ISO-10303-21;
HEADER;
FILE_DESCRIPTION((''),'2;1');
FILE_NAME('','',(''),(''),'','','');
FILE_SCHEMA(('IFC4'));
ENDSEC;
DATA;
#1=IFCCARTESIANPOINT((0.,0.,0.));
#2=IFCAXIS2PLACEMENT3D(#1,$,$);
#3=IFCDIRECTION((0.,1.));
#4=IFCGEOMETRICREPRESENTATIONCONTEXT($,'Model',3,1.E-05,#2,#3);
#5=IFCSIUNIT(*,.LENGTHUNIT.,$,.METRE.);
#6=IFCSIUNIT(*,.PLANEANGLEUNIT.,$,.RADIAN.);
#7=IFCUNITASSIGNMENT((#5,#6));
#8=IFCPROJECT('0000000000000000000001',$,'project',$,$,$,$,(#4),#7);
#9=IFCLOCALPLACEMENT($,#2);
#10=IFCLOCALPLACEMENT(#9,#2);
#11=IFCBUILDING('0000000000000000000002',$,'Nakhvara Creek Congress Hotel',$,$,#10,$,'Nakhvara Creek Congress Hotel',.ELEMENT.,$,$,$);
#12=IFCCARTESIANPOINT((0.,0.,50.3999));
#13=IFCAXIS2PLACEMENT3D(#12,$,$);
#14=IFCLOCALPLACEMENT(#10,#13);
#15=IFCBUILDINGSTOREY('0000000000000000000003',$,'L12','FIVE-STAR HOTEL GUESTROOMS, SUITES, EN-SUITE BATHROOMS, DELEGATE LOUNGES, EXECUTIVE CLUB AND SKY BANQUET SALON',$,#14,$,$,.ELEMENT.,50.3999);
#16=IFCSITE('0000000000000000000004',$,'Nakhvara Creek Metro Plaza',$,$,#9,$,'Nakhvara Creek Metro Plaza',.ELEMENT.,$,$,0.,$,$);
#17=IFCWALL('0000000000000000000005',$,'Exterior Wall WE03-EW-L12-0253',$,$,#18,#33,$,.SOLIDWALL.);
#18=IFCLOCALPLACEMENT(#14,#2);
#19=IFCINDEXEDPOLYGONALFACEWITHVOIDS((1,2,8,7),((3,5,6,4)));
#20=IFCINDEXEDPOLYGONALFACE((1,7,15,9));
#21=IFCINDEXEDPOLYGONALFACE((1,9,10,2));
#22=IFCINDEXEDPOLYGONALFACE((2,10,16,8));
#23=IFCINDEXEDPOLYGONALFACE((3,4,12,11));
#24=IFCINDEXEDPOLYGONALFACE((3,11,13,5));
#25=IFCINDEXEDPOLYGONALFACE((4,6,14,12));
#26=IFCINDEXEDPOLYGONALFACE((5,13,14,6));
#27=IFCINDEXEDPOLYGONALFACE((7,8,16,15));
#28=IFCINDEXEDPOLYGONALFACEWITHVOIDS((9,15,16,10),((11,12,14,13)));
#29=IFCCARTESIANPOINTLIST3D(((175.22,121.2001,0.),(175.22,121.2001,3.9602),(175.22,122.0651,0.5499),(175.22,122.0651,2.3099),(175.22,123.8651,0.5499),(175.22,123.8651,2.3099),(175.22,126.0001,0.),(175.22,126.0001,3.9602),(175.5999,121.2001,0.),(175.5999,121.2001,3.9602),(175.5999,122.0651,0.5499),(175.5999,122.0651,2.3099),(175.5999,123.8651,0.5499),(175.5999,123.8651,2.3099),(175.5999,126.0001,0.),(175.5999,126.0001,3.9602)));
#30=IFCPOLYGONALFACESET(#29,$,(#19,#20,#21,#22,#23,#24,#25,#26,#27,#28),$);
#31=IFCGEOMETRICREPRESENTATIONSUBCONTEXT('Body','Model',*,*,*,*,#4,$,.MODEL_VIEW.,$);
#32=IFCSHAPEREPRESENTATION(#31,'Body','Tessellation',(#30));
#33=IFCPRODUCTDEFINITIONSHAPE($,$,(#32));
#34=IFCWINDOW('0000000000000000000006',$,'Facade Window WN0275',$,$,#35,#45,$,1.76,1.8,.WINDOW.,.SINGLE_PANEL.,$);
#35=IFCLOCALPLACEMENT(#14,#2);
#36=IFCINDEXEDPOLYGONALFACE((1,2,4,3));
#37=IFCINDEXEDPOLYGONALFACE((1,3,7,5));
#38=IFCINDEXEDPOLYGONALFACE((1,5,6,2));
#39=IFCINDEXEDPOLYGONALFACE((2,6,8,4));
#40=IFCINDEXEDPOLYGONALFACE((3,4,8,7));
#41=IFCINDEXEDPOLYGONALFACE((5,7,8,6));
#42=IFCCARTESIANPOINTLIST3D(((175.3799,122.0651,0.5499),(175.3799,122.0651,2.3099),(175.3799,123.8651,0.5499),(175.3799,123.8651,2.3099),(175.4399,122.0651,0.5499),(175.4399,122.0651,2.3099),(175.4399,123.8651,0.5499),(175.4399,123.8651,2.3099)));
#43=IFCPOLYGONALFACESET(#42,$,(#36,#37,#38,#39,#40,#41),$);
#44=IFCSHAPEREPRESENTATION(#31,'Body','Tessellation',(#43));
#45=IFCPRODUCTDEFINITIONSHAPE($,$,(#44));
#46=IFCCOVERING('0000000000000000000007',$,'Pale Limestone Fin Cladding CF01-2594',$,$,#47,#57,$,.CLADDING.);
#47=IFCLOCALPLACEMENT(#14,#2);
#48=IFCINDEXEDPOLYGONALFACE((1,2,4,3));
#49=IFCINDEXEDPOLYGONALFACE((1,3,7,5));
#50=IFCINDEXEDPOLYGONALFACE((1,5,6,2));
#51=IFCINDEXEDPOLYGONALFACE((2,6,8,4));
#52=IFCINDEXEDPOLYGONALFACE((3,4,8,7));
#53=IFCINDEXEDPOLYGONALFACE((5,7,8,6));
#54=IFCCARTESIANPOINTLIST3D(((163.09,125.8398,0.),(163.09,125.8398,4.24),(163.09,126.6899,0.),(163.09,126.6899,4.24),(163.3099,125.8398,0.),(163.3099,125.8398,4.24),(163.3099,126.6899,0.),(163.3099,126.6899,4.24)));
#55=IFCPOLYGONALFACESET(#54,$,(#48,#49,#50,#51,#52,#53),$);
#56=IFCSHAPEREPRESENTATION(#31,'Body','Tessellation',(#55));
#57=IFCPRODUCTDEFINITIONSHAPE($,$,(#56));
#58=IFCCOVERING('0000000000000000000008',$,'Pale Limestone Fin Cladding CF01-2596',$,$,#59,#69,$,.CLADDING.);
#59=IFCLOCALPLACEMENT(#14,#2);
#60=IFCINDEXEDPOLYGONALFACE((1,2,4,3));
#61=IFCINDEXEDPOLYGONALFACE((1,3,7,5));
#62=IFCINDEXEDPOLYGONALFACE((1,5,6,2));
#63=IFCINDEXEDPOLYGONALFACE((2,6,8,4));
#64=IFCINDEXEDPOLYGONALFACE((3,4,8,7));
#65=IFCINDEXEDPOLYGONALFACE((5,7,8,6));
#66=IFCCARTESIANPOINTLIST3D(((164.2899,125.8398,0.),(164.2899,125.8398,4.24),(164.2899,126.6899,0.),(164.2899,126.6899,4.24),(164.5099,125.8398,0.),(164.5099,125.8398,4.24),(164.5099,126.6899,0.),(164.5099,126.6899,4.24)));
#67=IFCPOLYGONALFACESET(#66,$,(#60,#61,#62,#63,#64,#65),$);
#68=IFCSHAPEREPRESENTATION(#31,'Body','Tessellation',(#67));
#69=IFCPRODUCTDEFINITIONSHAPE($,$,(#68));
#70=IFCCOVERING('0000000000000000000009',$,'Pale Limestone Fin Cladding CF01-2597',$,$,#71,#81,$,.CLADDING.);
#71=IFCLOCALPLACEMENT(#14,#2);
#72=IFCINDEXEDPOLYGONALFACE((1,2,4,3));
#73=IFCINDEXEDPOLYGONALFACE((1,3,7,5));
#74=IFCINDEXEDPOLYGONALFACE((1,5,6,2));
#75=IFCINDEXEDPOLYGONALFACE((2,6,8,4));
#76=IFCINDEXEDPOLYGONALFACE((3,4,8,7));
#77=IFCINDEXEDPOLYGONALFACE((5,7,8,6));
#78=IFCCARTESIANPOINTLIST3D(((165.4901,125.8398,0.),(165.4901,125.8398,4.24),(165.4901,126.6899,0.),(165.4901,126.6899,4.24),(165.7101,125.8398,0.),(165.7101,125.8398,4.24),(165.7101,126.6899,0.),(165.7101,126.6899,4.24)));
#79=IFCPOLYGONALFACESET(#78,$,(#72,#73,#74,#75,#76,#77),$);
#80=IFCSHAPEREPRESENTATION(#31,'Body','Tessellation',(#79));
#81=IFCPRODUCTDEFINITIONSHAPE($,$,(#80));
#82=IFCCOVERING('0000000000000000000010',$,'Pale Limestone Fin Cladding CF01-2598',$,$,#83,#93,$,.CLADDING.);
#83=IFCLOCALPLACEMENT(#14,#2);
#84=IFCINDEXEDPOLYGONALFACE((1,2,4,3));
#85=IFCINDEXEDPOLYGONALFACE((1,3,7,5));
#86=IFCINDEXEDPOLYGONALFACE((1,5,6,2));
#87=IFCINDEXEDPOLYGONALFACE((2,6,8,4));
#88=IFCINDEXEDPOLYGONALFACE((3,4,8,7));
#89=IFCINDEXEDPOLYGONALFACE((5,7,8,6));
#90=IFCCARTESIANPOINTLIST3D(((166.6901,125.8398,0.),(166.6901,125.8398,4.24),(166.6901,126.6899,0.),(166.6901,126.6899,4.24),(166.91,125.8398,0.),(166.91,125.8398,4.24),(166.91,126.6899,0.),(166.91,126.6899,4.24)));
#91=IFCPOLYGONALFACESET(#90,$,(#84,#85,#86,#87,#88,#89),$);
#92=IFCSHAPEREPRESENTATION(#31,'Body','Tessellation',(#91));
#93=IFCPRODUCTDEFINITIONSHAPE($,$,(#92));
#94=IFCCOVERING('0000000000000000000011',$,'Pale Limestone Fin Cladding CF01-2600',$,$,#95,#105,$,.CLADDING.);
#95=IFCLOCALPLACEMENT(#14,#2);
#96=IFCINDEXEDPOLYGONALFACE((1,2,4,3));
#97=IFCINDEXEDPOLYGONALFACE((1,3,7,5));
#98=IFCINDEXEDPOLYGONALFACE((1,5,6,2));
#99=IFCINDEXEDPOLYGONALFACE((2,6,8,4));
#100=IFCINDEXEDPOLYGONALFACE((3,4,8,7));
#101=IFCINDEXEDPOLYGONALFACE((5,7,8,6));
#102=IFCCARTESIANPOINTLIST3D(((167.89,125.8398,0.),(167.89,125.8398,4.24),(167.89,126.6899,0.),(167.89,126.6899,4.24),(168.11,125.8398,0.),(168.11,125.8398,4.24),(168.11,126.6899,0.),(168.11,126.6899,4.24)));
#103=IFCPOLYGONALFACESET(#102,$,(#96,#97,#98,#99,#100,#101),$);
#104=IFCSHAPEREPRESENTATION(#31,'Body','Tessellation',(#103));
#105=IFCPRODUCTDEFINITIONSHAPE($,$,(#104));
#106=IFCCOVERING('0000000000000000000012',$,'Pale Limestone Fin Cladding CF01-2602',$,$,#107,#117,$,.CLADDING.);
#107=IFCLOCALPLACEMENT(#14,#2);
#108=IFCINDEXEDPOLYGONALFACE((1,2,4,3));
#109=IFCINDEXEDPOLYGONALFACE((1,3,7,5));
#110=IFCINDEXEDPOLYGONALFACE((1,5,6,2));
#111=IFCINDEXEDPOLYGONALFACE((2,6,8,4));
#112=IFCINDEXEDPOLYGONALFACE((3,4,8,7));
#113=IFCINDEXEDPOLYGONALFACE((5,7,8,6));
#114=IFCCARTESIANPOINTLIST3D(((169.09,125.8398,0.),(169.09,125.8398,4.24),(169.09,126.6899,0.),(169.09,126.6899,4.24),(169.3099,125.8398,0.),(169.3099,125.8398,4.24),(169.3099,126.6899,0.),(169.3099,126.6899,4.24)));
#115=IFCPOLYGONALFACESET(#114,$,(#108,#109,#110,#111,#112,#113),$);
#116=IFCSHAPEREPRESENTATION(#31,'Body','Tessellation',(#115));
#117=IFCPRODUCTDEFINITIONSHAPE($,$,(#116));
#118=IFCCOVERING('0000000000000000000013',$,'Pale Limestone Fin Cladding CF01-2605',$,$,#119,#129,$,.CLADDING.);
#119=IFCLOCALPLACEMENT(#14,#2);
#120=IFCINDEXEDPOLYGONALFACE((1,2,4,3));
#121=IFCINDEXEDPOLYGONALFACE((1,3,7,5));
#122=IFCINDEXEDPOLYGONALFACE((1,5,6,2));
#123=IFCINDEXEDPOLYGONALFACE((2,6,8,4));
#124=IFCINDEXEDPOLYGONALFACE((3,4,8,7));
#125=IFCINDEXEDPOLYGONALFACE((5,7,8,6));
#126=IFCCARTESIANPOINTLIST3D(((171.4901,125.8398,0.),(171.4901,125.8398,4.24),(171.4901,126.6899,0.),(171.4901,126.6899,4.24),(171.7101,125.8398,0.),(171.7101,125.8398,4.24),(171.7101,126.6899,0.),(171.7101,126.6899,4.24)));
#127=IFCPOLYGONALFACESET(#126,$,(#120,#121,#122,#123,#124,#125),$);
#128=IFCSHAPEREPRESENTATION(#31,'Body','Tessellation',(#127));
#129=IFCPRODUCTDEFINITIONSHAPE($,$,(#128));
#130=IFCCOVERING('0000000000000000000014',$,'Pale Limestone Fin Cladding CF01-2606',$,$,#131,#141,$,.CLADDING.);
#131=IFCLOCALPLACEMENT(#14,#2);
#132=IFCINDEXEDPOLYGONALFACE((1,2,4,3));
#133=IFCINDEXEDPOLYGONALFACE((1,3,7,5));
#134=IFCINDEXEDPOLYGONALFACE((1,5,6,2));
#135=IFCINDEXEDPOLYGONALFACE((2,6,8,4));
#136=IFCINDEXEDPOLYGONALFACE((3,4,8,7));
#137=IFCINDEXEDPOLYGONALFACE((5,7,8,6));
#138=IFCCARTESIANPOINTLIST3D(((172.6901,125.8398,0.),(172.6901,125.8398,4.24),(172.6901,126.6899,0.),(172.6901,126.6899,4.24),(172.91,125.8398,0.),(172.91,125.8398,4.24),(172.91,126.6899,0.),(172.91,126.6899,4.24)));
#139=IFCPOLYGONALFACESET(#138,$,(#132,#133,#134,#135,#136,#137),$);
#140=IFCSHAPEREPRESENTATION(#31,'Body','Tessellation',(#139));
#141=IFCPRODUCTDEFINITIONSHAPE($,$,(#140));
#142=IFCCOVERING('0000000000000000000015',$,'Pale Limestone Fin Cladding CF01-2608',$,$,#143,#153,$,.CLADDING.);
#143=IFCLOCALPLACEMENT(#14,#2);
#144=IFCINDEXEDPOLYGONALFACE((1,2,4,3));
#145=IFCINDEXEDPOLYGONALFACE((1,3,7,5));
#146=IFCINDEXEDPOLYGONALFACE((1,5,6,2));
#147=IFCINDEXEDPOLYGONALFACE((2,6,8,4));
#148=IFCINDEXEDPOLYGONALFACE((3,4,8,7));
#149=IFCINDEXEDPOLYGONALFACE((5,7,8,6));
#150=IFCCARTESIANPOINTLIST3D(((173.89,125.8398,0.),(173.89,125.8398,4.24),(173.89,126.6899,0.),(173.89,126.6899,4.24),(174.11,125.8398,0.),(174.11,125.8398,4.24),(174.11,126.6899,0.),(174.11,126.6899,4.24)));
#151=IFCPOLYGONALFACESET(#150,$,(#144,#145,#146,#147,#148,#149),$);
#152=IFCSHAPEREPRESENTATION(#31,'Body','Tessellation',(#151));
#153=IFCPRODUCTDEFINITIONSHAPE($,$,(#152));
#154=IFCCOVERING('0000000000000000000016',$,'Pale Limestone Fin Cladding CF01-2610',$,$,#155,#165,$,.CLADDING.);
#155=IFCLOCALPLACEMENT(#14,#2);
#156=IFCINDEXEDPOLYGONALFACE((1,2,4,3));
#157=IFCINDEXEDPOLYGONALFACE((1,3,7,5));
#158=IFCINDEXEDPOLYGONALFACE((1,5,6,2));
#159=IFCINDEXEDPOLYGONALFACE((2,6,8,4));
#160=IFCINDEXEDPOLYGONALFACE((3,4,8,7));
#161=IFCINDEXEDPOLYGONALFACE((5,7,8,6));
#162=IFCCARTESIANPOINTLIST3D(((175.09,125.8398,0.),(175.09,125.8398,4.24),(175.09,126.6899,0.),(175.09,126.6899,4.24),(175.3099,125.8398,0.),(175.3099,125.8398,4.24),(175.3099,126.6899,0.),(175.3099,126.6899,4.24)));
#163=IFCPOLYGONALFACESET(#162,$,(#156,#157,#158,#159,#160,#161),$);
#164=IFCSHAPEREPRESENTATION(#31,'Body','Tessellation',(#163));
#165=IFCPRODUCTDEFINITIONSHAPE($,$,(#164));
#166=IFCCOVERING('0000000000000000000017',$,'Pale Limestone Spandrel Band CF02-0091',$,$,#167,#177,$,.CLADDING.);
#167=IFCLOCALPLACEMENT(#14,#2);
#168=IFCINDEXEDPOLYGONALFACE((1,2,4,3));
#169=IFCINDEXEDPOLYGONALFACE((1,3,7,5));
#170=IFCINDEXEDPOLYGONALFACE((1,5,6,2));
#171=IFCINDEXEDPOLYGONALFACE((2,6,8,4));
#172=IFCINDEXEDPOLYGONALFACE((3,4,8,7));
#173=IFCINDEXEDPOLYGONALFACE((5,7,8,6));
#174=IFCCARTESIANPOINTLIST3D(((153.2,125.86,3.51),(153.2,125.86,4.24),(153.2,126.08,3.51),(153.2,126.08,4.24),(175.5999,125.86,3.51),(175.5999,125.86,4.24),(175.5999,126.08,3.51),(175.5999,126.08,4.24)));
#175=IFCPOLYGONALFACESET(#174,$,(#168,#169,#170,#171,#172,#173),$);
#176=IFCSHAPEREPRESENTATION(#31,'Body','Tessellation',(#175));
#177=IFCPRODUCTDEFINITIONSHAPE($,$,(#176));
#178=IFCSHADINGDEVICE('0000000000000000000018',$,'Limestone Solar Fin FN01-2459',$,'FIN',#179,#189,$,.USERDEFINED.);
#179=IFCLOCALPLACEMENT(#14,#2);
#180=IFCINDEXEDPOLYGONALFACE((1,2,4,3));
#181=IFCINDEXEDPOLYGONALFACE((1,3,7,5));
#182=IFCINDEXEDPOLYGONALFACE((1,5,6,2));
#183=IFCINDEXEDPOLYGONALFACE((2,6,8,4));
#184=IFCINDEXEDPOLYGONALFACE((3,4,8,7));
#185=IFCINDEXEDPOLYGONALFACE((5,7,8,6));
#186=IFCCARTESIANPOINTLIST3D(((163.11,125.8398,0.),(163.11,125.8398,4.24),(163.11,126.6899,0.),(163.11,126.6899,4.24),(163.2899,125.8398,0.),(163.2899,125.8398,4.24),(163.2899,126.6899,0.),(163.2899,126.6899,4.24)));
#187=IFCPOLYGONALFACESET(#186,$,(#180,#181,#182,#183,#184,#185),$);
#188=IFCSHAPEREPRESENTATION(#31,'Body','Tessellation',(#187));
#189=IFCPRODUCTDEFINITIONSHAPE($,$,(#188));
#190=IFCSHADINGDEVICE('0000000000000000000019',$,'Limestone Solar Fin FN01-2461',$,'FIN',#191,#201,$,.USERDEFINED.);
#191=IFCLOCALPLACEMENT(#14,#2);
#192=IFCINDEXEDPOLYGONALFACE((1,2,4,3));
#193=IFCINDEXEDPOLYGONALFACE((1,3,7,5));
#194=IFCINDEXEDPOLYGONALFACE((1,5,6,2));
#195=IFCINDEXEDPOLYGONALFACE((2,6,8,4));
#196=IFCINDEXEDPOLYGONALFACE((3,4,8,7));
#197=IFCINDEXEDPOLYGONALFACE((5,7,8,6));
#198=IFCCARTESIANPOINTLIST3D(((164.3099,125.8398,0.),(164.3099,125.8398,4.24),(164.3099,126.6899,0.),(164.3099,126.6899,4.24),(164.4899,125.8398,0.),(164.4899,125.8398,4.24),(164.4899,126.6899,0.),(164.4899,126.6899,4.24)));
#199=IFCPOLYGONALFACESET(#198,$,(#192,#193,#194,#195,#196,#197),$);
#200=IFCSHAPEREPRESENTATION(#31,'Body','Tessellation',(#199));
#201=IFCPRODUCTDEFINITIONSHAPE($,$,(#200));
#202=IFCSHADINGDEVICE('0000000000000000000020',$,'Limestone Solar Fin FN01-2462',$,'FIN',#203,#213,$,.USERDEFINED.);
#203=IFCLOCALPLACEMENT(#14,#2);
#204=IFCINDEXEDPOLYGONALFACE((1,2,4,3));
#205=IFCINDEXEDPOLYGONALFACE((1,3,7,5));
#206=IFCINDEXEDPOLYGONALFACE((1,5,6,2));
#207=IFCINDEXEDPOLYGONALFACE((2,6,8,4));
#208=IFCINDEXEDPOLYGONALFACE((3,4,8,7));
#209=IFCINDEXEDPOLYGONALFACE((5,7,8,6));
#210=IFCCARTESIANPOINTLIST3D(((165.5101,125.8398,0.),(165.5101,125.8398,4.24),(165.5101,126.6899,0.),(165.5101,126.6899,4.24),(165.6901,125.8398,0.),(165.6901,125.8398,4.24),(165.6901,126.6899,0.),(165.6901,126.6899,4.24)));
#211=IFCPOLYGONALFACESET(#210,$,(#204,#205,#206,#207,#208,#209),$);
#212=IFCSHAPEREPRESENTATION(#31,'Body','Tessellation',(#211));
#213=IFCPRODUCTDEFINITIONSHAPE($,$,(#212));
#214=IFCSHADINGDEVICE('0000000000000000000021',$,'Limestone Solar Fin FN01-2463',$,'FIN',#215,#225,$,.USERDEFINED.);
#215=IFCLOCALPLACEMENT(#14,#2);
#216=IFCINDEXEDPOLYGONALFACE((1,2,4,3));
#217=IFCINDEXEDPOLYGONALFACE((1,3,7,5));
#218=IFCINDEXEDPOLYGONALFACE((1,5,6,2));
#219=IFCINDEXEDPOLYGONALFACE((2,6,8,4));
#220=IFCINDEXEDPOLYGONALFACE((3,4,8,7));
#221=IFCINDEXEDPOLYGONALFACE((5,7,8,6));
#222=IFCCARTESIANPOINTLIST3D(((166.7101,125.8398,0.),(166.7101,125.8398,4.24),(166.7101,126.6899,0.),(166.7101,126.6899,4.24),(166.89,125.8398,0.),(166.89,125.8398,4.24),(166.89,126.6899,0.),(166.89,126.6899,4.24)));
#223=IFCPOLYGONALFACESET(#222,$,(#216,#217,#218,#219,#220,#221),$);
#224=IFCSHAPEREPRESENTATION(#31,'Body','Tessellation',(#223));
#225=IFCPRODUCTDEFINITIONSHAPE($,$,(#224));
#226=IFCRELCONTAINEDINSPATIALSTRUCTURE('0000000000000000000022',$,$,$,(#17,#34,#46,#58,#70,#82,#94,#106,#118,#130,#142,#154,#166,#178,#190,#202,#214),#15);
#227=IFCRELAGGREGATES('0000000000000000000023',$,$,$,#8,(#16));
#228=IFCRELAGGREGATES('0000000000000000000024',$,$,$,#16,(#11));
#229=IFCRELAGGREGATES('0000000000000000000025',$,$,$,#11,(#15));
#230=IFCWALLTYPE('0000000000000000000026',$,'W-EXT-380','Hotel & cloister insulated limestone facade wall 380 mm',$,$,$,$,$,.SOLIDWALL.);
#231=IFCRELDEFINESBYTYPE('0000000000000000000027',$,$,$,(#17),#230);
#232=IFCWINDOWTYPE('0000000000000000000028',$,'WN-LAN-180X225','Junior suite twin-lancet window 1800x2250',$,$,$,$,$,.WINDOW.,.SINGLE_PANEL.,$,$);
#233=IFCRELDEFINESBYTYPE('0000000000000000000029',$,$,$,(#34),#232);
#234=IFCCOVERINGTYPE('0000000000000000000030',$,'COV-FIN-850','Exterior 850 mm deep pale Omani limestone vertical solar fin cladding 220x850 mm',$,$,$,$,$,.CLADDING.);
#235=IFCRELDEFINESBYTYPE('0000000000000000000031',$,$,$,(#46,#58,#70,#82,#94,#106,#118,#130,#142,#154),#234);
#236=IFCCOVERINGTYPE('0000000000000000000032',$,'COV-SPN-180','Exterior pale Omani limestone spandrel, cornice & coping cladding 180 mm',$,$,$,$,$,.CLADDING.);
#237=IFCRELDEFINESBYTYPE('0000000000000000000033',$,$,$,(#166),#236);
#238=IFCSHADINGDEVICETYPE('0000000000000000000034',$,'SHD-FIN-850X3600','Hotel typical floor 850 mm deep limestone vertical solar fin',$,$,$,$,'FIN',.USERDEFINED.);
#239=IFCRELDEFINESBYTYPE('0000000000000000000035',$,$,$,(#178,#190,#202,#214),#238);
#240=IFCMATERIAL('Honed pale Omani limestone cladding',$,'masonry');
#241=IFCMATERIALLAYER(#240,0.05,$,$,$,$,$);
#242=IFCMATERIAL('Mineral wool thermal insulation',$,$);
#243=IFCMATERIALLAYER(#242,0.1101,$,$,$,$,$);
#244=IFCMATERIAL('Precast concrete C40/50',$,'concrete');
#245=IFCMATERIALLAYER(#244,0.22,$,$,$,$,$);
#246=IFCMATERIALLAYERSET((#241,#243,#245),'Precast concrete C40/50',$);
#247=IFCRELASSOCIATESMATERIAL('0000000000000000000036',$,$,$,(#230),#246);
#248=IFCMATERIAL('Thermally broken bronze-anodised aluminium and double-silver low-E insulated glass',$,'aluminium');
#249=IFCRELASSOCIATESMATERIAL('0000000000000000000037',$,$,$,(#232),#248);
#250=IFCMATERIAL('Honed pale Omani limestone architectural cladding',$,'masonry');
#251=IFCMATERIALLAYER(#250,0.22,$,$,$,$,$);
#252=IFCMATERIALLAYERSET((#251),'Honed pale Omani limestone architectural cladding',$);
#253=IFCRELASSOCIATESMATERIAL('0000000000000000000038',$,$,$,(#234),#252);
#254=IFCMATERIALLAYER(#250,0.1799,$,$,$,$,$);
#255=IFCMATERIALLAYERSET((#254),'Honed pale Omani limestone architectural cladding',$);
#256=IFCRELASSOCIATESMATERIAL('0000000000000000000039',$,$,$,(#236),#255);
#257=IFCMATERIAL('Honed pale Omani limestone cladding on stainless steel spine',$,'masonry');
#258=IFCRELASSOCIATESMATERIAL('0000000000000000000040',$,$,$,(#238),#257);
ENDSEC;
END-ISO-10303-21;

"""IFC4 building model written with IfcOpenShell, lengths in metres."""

from ifc_helpers import new_model, si_unit, direction, frame, frame_2d, origin, origin_2d, place, context, subcontext, project, spatial, rectangle, extrude, material, layer, layer_set, type_object, element, fill, save


model = new_model("IFC4")

# Units and contexts
model_context = context("Model", 3, precision=1e-05, world=origin(), true_north=direction((0.0, 1.0)))
body_context = subcontext(model_context, "Body", "Model", "MODEL_VIEW")
ifc_project = project(units=[si_unit("LENGTHUNIT", "METRE"), si_unit("PLANEANGLEUNIT", "RADIAN")], contexts=[model_context])

# Site, building, storey
site_placement = place(None, origin())
site = spatial("IfcSite", under=ifc_project, at=site_placement, Name="Nakhvara Creek Metro Plaza", LongName="Nakhvara Creek Metro Plaza", CompositionType="ELEMENT", RefElevation=0.0)
building_placement = place(site_placement, origin())
building = spatial("IfcBuilding", under=site, at=building_placement, Name="Nakhvara Creek Congress Hotel", LongName="Nakhvara Creek Congress Hotel", CompositionType="ELEMENT")
storey_placement = place(building_placement, frame((0.0, 0.0, 50.3999)))
storey = spatial("IfcBuildingStorey", under=building, at=storey_placement, Name="L12", Description="FIVE-STAR HOTEL GUESTROOMS, SUITES, EN-SUITE BATHROOMS, DELEGATE LOUNGES, EXECUTIVE CLUB AND SKY BANQUET SALON", CompositionType="ELEMENT", Elevation=50.3999)

# Wall, opening, window
ifc_material_1 = material(Name="Honed pale Omani limestone cladding", Category="masonry")
ifc_layer_1 = layer(ifc_material_1, 0.05)
ifc_material_2 = material(Name="Mineral wool thermal insulation")
ifc_layer_2 = layer(ifc_material_2, 0.1101)
ifc_material_3 = material(Name="Precast concrete C40/50", Category="concrete")
ifc_layer_3 = layer(ifc_material_3, 0.22)
ifc_layer_set_1 = layer_set([ifc_layer_1, ifc_layer_2, ifc_layer_3], Name="Precast concrete C40/50")
wall_type = type_object("IfcWallType", Name="W-EXT-380", Description="Hotel & cloister insulated limestone facade wall 380 mm", PredefinedType="SOLIDWALL", material=ifc_layer_set_1)
wall_placement = place(storey_placement, frame((175.4099, 126.0, 0.0), z_axis=(0.0, 0.0, 1.0), x_axis=(0.0, -1.0, 0.0)))
wall = element("IfcWall", 1, at=wall_placement, inside=storey, type_object=wall_type, Name="Exterior Wall WE03-EW-L12-0253", PredefinedType="SOLIDWALL", context=body_context, shape_type="SweptSolid", body=[
    extrude(rectangle(XDim=4.8, YDim=0.3799, at=frame_2d((2.3999, 0.0))), origin(), (0.0, 0.0, 1.0), 3.9602),
])
opening_placement = place(wall_placement, frame((2.135, 0.0, 0.55)))
opening = element("IfcOpeningElement", 2, at=opening_placement, cuts=wall, PredefinedType="OPENING", context=body_context, shape_type="SweptSolid", body=[
    extrude(rectangle(XDim=1.8, YDim=1.76, at=frame_2d((0.8999, 0.8799))), frame((0.0, 0.2019, 0.0), z_axis=(0.0, -1.0, 0.0), x_axis=(1.0, 0.0, 0.0)), (0.0, 0.0, 1.0), 0.4038),
])
ifc_material_4 = material(Name="Thermally broken bronze-anodised aluminium and double-silver low-E insulated glass", Category="aluminium")
window_type = type_object("IfcWindowType", Name="WN-LAN-180X225", Description="Junior suite twin-lancet window 1800x2250", PartitioningType="SINGLE_PANEL", PredefinedType="WINDOW", material=ifc_material_4)
window_placement = place(opening_placement, origin())
window = element("IfcWindow", 3, at=window_placement, inside=storey, type_object=window_type, Name="Facade Window WN0275", OverallHeight=1.76, OverallWidth=1.8, PartitioningType="SINGLE_PANEL", PredefinedType="WINDOW", context=body_context, shape_type="SweptSolid", body=[
    extrude(rectangle(XDim=1.8, YDim=1.76, at=frame_2d((0.8999, 0.8799))), frame((0.0, 0.03, 0.0), z_axis=(0.0, -1.0, 0.0), x_axis=(1.0, 0.0, 0.0)), (0.0, 0.0, 1.0), 0.0601),
])
fill(opening, window)

# Coverings
ifc_material_5 = material(Name="Honed pale Omani limestone architectural cladding", Category="masonry")
ifc_layer_4 = layer(ifc_material_5, 0.22)
ifc_layer_set_2 = layer_set([ifc_layer_4], Name="Honed pale Omani limestone architectural cladding")
covering_type_1 = type_object("IfcCoveringType", Name="COV-FIN-850", Description="Exterior 850 mm deep pale Omani limestone vertical solar fin cladding 220x850 mm", PredefinedType="CLADDING", material=ifc_layer_set_2)
for number, where, z_axis, x_axis, name in (
    (4, (163.2, 126.2649, 0.0), (0.0, 0.0, 1.0), (1.0, 0.0, 0.0), "Pale Limestone Fin Cladding CF01-2594"),
    (5, (164.3999, 126.2649, 0.0), (0.0, 0.0, 1.0), (1.0, 0.0, 0.0), "Pale Limestone Fin Cladding CF01-2596"),
    (6, (165.6001, 126.2649, 0.0), (0.0, 0.0, 1.0), (1.0, 0.0, 0.0), "Pale Limestone Fin Cladding CF01-2597"),
    (7, (166.8, 126.2649, 0.0), (0.0, 0.0, 1.0), (1.0, 0.0, 0.0), "Pale Limestone Fin Cladding CF01-2598"),
    (8, (168.0, 126.2649, 0.0), (0.0, 0.0, 1.0), (1.0, 0.0, 0.0), "Pale Limestone Fin Cladding CF01-2600"),
    (9, (169.2, 126.2649, 0.0), (0.0, 0.0, 1.0), (1.0, 0.0, 0.0), "Pale Limestone Fin Cladding CF01-2602"),
    (10, (171.6001, 126.2649, 0.0), (0.0, 0.0, 1.0), (1.0, 0.0, 0.0), "Pale Limestone Fin Cladding CF01-2605"),
    (11, (172.8, 126.2649, 0.0), (0.0, 0.0, 1.0), (1.0, 0.0, 0.0), "Pale Limestone Fin Cladding CF01-2606"),
    (12, (174.0, 126.2649, 0.0), (0.0, 0.0, 1.0), (1.0, 0.0, 0.0), "Pale Limestone Fin Cladding CF01-2608"),
    (13, (175.2, 126.2649, 0.0), (0.0, 0.0, 1.0), (1.0, 0.0, 0.0), "Pale Limestone Fin Cladding CF01-2610"),
):
    element("IfcCovering", number, at=place(storey_placement, frame(where, z_axis=z_axis, x_axis=x_axis)), inside=storey, type_object=covering_type_1, Name=name, PredefinedType="CLADDING", context=body_context, shape_type="SweptSolid", body=[
        extrude(rectangle(XDim=0.22, YDim=0.8501, at=origin_2d()), origin(), (0.0, 0.0, 1.0), 4.24),
    ])
ifc_layer_5 = layer(ifc_material_5, 0.1799)
ifc_layer_set_3 = layer_set([ifc_layer_5], Name="Honed pale Omani limestone architectural cladding")
covering_type_2 = type_object("IfcCoveringType", Name="COV-SPN-180", Description="Exterior pale Omani limestone spandrel, cornice & coping cladding 180 mm", PredefinedType="CLADDING", material=ifc_layer_set_3)
covering_placement = place(storey_placement, frame((164.3999, 125.97, 3.51), z_axis=(0.0, 0.0, 1.0), x_axis=(1.0, 0.0, 0.0)))
element("IfcCovering", 14, at=covering_placement, inside=storey, type_object=covering_type_2, Name="Pale Limestone Spandrel Band CF02-0091", PredefinedType="CLADDING", context=body_context, shape_type="SweptSolid", body=[
    extrude(rectangle(XDim=22.3999, YDim=0.22, at=origin_2d()), origin(), (0.0, 0.0, 1.0), 0.73),
])

# Shading devices
ifc_material_6 = material(Name="Honed pale Omani limestone cladding on stainless steel spine", Category="masonry")
shading_device_type = type_object("IfcShadingDeviceType", Name="SHD-FIN-850X3600", Description="Hotel typical floor 850 mm deep limestone vertical solar fin", ElementType="FIN", PredefinedType="USERDEFINED", material=ifc_material_6)
for number, where, z_axis, x_axis, name in (
    (15, (163.2, 126.2649, 0.0), (0.0, 0.0, 1.0), (1.0, 0.0, 0.0), "Limestone Solar Fin FN01-2459"),
    (16, (164.3999, 126.2649, 0.0), (0.0, 0.0, 1.0), (1.0, 0.0, 0.0), "Limestone Solar Fin FN01-2461"),
    (17, (165.6001, 126.2649, 0.0), (0.0, 0.0, 1.0), (1.0, 0.0, 0.0), "Limestone Solar Fin FN01-2462"),
    (18, (166.8, 126.2649, 0.0), (0.0, 0.0, 1.0), (1.0, 0.0, 0.0), "Limestone Solar Fin FN01-2463"),
):
    element("IfcShadingDevice", number, at=place(storey_placement, frame(where, z_axis=z_axis, x_axis=x_axis)), inside=storey, type_object=shading_device_type, Name=name, ObjectType="FIN", PredefinedType="USERDEFINED", context=body_context, shape_type="SweptSolid", body=[
        extrude(rectangle(XDim=0.1799, YDim=0.8501, at=origin_2d()), origin(), (0.0, 0.0, 1.0), 4.24),
    ])

save(model, "model.ifc")
